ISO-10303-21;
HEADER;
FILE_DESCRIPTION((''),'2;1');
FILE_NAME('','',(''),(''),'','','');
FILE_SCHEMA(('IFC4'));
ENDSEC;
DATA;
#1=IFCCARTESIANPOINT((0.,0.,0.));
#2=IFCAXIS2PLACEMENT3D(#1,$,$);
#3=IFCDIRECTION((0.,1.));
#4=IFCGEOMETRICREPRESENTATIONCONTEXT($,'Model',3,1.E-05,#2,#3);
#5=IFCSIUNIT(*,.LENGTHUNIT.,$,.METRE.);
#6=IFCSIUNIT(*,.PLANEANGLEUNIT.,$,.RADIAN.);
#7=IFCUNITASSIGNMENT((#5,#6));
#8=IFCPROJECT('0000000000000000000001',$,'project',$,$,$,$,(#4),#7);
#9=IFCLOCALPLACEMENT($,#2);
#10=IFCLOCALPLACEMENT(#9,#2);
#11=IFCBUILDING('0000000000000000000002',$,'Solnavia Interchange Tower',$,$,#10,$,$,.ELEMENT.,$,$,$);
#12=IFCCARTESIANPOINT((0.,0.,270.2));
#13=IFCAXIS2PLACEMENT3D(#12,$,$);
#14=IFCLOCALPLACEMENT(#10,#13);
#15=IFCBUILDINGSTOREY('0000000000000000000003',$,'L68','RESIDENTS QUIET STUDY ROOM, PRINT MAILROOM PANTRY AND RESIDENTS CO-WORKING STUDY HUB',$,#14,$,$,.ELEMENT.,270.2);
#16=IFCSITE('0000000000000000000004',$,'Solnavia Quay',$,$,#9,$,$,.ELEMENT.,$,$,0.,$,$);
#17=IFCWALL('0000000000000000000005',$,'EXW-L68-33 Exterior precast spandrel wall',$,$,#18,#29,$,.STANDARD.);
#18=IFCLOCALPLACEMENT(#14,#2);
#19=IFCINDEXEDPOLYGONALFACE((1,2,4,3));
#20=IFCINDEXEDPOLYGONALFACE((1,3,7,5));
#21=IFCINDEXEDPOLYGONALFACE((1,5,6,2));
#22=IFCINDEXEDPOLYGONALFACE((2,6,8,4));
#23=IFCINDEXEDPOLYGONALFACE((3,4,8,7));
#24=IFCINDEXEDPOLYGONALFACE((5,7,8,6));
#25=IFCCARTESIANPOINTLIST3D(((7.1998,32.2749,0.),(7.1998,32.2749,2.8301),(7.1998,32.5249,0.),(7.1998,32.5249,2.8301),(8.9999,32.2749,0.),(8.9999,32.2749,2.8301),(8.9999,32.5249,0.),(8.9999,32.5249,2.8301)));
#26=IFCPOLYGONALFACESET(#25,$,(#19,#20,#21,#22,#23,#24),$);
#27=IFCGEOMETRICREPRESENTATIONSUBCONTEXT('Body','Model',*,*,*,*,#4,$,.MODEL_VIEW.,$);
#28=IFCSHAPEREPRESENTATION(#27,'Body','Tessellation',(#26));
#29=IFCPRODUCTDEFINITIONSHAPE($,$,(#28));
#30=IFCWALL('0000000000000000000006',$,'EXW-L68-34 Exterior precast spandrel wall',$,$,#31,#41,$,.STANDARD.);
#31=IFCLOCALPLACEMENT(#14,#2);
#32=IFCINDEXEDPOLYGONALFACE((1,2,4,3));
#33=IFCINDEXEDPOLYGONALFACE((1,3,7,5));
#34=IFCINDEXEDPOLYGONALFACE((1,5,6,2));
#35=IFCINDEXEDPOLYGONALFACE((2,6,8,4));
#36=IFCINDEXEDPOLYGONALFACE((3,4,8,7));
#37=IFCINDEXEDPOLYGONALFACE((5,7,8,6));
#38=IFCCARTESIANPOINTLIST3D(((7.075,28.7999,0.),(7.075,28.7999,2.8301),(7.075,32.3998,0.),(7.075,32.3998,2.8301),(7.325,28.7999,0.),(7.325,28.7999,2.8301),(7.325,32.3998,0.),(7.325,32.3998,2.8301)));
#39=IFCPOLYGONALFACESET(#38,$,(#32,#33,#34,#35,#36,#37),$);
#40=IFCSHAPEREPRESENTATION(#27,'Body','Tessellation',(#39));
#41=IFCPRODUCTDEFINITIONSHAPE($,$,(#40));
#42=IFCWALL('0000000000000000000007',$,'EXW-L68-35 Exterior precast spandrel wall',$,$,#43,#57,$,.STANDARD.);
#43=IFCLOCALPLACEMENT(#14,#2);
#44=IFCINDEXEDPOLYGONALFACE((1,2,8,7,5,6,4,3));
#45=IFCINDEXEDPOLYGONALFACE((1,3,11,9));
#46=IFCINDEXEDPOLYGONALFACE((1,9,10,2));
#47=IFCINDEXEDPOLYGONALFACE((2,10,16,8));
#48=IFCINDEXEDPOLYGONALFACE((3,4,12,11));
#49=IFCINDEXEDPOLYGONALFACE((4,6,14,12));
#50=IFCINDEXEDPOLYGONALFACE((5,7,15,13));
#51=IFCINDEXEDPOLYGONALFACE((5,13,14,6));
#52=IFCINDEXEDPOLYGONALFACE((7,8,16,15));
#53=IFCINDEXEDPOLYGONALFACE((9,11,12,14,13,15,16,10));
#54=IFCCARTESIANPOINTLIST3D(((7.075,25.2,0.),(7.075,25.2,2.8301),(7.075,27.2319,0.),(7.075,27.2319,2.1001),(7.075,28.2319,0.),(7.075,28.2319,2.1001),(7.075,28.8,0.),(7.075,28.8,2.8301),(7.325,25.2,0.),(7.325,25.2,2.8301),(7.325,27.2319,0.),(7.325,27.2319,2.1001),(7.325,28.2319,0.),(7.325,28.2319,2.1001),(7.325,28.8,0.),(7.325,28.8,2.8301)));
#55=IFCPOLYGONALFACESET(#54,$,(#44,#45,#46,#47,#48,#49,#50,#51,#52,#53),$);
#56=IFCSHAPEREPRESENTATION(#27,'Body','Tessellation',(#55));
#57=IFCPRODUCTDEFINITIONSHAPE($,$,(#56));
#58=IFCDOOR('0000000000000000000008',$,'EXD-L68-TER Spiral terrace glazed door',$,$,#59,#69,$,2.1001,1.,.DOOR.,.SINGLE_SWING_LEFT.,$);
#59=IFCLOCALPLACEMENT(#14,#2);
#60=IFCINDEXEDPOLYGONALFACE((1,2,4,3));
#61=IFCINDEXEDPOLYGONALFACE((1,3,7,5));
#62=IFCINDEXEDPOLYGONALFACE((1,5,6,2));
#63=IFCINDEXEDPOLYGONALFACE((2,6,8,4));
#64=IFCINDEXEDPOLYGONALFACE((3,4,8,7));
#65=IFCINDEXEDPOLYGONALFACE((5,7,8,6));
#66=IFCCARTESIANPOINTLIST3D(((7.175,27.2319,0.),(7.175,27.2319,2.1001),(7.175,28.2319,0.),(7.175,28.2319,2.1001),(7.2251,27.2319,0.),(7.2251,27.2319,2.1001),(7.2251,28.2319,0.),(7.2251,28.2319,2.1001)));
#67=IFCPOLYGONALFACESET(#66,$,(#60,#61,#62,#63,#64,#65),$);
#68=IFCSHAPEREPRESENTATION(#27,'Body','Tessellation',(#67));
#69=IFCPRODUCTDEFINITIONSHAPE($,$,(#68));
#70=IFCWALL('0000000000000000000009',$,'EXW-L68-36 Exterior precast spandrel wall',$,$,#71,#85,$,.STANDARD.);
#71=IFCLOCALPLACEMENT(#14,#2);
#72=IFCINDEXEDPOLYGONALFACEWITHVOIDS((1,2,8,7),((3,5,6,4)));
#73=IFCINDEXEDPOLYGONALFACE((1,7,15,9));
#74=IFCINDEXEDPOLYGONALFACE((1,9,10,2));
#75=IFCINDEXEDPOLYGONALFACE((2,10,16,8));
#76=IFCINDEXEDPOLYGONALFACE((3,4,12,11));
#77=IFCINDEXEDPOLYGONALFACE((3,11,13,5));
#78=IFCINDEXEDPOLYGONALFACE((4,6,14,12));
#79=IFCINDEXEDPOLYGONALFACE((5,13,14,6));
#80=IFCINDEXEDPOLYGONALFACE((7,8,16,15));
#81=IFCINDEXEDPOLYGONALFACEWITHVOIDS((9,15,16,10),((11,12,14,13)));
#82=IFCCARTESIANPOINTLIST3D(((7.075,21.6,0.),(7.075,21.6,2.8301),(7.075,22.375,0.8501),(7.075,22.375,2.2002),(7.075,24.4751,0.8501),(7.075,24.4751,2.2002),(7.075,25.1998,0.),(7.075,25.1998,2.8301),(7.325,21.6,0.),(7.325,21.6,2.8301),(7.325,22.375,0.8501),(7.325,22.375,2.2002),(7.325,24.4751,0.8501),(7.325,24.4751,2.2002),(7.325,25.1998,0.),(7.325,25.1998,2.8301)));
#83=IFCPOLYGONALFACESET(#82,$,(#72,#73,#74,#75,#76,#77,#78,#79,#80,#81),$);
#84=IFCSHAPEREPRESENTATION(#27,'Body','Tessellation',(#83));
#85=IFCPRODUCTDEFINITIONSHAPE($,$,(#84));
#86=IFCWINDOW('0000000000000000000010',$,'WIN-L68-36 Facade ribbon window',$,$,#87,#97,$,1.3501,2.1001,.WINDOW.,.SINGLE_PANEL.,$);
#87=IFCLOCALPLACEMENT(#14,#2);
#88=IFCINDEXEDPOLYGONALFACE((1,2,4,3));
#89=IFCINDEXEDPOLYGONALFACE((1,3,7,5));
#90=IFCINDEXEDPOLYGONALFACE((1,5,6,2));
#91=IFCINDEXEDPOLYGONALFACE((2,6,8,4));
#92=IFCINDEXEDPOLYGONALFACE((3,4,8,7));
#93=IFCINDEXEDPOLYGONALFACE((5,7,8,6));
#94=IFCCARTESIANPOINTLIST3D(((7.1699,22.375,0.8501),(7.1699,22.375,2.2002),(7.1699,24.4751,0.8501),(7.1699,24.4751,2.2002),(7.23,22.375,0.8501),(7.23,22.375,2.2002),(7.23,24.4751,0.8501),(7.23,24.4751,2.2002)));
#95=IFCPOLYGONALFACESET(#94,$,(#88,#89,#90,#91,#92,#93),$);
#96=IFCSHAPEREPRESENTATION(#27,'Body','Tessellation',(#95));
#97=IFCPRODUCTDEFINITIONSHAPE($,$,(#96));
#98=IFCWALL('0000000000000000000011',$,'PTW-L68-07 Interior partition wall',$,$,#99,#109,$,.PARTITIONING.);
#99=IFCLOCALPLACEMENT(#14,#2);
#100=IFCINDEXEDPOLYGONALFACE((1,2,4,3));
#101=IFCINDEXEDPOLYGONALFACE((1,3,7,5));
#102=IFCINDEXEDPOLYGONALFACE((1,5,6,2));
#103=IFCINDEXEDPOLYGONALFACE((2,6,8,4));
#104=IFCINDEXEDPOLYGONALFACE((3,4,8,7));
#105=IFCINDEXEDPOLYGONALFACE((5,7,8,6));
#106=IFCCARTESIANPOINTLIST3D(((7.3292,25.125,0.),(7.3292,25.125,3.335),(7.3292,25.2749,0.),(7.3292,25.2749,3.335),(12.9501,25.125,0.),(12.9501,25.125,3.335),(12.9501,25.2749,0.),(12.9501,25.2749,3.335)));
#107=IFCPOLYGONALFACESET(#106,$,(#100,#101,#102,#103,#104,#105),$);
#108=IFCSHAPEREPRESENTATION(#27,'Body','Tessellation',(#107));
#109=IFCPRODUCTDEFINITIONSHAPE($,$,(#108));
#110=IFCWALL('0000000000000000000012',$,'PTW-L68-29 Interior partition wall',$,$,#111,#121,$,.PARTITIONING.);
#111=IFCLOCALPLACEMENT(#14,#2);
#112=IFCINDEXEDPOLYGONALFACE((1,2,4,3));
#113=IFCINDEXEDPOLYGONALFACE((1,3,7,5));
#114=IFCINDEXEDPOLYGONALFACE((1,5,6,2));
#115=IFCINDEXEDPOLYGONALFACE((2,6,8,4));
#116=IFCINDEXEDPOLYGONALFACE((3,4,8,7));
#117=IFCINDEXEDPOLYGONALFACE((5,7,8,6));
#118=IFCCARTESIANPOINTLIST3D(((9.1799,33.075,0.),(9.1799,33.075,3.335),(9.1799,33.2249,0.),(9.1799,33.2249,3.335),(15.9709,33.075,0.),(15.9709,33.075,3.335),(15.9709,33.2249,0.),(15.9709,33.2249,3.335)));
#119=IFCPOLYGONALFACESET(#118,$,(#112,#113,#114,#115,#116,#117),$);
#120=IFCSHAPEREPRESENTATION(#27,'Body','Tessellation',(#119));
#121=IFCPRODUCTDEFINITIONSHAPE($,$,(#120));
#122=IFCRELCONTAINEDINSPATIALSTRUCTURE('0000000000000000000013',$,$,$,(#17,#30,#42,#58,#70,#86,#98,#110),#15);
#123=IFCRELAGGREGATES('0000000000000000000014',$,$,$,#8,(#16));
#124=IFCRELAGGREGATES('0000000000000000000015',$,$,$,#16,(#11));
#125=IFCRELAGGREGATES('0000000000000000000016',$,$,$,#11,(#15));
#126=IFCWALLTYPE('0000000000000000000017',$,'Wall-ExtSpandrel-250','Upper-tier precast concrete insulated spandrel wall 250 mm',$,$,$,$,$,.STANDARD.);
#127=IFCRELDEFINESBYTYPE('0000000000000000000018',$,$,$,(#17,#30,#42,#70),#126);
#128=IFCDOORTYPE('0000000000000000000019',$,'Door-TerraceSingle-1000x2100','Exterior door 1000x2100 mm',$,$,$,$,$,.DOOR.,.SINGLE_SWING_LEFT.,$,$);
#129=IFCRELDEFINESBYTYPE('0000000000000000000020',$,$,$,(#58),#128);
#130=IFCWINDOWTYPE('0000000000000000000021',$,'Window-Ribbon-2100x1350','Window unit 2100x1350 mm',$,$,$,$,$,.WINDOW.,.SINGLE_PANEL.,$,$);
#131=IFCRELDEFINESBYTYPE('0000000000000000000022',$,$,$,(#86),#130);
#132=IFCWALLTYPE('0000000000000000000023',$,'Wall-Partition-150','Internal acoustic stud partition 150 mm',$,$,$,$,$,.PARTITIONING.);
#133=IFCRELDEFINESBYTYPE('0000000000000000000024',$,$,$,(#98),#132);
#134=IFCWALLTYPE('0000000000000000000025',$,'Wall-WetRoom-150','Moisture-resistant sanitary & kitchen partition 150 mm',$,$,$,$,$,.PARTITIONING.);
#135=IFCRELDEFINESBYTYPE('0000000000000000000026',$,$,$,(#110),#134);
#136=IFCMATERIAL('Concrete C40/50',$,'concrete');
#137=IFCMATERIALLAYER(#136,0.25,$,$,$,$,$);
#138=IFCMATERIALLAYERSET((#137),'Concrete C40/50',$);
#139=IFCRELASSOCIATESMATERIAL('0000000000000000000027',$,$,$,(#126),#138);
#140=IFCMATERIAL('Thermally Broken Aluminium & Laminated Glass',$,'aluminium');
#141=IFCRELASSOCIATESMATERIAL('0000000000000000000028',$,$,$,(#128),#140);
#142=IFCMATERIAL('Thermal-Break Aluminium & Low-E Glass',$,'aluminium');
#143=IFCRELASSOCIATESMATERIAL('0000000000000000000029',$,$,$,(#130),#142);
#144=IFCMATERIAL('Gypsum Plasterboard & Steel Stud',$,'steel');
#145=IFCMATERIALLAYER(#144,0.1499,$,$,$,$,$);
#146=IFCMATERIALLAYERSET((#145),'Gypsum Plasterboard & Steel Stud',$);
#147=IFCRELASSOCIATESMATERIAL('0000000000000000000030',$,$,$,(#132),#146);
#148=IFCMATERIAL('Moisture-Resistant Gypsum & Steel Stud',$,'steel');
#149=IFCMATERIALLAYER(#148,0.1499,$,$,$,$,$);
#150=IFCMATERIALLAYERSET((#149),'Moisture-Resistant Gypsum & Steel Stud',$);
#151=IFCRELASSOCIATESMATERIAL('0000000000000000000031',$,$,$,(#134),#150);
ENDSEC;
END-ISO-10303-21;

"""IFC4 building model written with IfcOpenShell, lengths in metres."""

from ifc_helpers import new_model, si_unit, direction, frame, frame_2d, origin, place, context, subcontext, project, spatial, rectangle, extrude, material, layer, layer_set, type_object, element, fill, save


model = new_model("IFC4")

# Units and contexts
model_context = context("Model", 3, precision=1e-05, world=origin(), true_north=direction((0.0, 1.0)))
body_context = subcontext(model_context, "Body", "Model", "MODEL_VIEW")
ifc_project = project(units=[si_unit("LENGTHUNIT", "METRE"), si_unit("PLANEANGLEUNIT", "RADIAN")], contexts=[model_context])

# Site, building, storey
site_placement = place(None, origin())
site = spatial("IfcSite", under=ifc_project, at=site_placement, Name="Solnavia Quay", CompositionType="ELEMENT", RefElevation=0.0)
building_placement = place(site_placement, origin())
building = spatial("IfcBuilding", under=site, at=building_placement, Name="Solnavia Interchange Tower", CompositionType="ELEMENT")
storey_placement = place(building_placement, frame((0.0, 0.0, 270.2)))
storey = spatial("IfcBuildingStorey", under=building, at=storey_placement, Name="L68", Description="RESIDENTS QUIET STUDY ROOM, PRINT MAILROOM PANTRY AND RESIDENTS CO-WORKING STUDY HUB", CompositionType="ELEMENT", Elevation=270.2)

# Shared definitions
ifc_material_1 = material(Name="Concrete C40/50", Category="concrete")
ifc_layer_1 = layer(ifc_material_1, 0.25)
ifc_layer_set_1 = layer_set([ifc_layer_1], Name="Concrete C40/50")
wall_type_1 = type_object("IfcWallType", Name="Wall-ExtSpandrel-250", Description="Upper-tier precast concrete insulated spandrel wall 250 mm", PredefinedType="STANDARD", material=ifc_layer_set_1)

# Shared definitions
ifc_material_2 = material(Name="Thermal-Break Aluminium & Low-E Glass", Category="aluminium")

# Walls
wall_1_placement = place(storey_placement, frame((7.2, 32.3999, 0.0), z_axis=(0.0, 0.0, 1.0), x_axis=(1.0, 0.0, 0.0)))
element("IfcWall", 1, at=wall_1_placement, inside=storey, type_object=wall_type_1, Name="EXW-L68-33 Exterior precast spandrel wall", PredefinedType="STANDARD", context=body_context, shape_type="SweptSolid", body=[
    extrude(rectangle(XDim=1.8, YDim=0.25, at=frame_2d((0.8999, 0.0))), origin(), (0.0, 0.0, 1.0), 2.8301),
])
wall_2_placement = place(storey_placement, frame((7.2, 28.8, 0.0), z_axis=(0.0, 0.0, 1.0), x_axis=(0.0, 1.0, 0.0)))
element("IfcWall", 2, at=wall_2_placement, inside=storey, type_object=wall_type_1, Name="EXW-L68-34 Exterior precast spandrel wall", PredefinedType="STANDARD", context=body_context, shape_type="SweptSolid", body=[
    extrude(rectangle(XDim=3.5999, YDim=0.25, at=frame_2d((1.7998, 0.0))), origin(), (0.0, 0.0, 1.0), 2.8301),
])

# Wall, opening, door
wall_3_placement = place(storey_placement, frame((7.2, 25.2, 0.0), z_axis=(0.0, 0.0, 1.0), x_axis=(0.0, 1.0, 0.0)))
wall_3 = element("IfcWall", 3, at=wall_3_placement, inside=storey, type_object=wall_type_1, Name="EXW-L68-35 Exterior precast spandrel wall", PredefinedType="STANDARD", context=body_context, shape_type="SweptSolid", body=[
    extrude(rectangle(XDim=3.6001, YDim=0.25, at=frame_2d((1.8, 0.0))), origin(), (0.0, 0.0, 1.0), 2.8301),
])
opening_1_placement = place(wall_3_placement, frame((2.032, 0.0, 0.0)))
opening_1 = element("IfcOpeningElement", 4, at=opening_1_placement, cuts=wall_3, PredefinedType="OPENING", context=body_context, shape_type="SweptSolid", body=[
    extrude(rectangle(XDim=1.0, YDim=2.1001, at=frame_2d((0.5, 1.05))), frame((0.0, 0.135, 0.0), z_axis=(0.0, -1.0, 0.0), x_axis=(1.0, 0.0, 0.0)), (0.0, 0.0, 1.0), 0.27),
])
ifc_material_3 = material(Name="Thermally Broken Aluminium & Laminated Glass", Category="aluminium")
door_type = type_object("IfcDoorType", Name="Door-TerraceSingle-1000x2100", Description="Exterior door 1000x2100 mm", OperationType="SINGLE_SWING_LEFT", PredefinedType="DOOR", material=ifc_material_3)
door_placement = place(opening_1_placement, origin())
door = element("IfcDoor", 5, at=door_placement, inside=storey, type_object=door_type, Name="EXD-L68-TER Spiral terrace glazed door", OperationType="SINGLE_SWING_LEFT", OverallHeight=2.1001, OverallWidth=1.0, PredefinedType="DOOR", context=body_context, shape_type="SweptSolid", body=[
    extrude(rectangle(XDim=1.0, YDim=2.1001, at=frame_2d((0.5, 1.05))), frame((0.0, 0.0249, 0.0), z_axis=(0.0, -1.0, 0.0), x_axis=(1.0, 0.0, 0.0)), (0.0, 0.0, 1.0), 0.05),
])
fill(opening_1, door)

# Wall, opening, window
wall_4_placement = place(storey_placement, frame((7.2, 21.6001, 0.0), z_axis=(0.0, 0.0, 1.0), x_axis=(0.0, 1.0, 0.0)))
wall_4 = element("IfcWall", 6, at=wall_4_placement, inside=storey, type_object=wall_type_1, Name="EXW-L68-36 Exterior precast spandrel wall", PredefinedType="STANDARD", context=body_context, shape_type="SweptSolid", body=[
    extrude(rectangle(XDim=3.5999, YDim=0.25, at=frame_2d((1.7998, 0.0))), origin(), (0.0, 0.0, 1.0), 2.8301),
])
opening_2_placement = place(wall_4_placement, frame((0.7749, 0.0, 0.8501)))
opening_2 = element("IfcOpeningElement", 7, at=opening_2_placement, cuts=wall_4, PredefinedType="OPENING", context=body_context, shape_type="SweptSolid", body=[
    extrude(rectangle(XDim=2.1001, YDim=1.3501, at=frame_2d((1.05, 0.675))), frame((0.0, 0.135, 0.0), z_axis=(0.0, -1.0, 0.0), x_axis=(1.0, 0.0, 0.0)), (0.0, 0.0, 1.0), 0.27),
])
window_type_1 = type_object("IfcWindowType", Name="Window-Ribbon-2100x1350", Description="Window unit 2100x1350 mm", PartitioningType="SINGLE_PANEL", PredefinedType="WINDOW", material=ifc_material_2)
window_1_placement = place(opening_2_placement, origin())
window_1 = element("IfcWindow", 8, at=window_1_placement, inside=storey, type_object=window_type_1, Name="WIN-L68-36 Facade ribbon window", OverallHeight=1.3501, OverallWidth=2.1001, PartitioningType="SINGLE_PANEL", PredefinedType="WINDOW", context=body_context, shape_type="SweptSolid", body=[
    extrude(rectangle(XDim=2.1001, YDim=1.3501, at=frame_2d((1.05, 0.675))), frame((0.0, 0.03, 0.0), z_axis=(0.0, -1.0, 0.0), x_axis=(1.0, 0.0, 0.0)), (0.0, 0.0, 1.0), 0.0601),
])
fill(opening_2, window_1)

# Walls
ifc_material_4 = material(Name="Gypsum Plasterboard & Steel Stud", Category="steel")
ifc_layer_2 = layer(ifc_material_4, 0.1499)
ifc_layer_set_2 = layer_set([ifc_layer_2], Name="Gypsum Plasterboard & Steel Stud")
wall_type_2 = type_object("IfcWallType", Name="Wall-Partition-150", Description="Internal acoustic stud partition 150 mm", PredefinedType="PARTITIONING", material=ifc_layer_set_2)
wall_5_placement = place(storey_placement, frame((7.3291, 25.2, 0.0), z_axis=(0.0, 0.0, 1.0), x_axis=(1.0, 0.0, 0.0)))
element("IfcWall", 9, at=wall_5_placement, inside=storey, type_object=wall_type_2, Name="PTW-L68-07 Interior partition wall", PredefinedType="PARTITIONING", context=body_context, shape_type="SweptSolid", body=[
    extrude(rectangle(XDim=5.6208, YDim=0.1499, at=frame_2d((2.8105, 0.0))), origin(), (0.0, 0.0, 1.0), 3.335),
])
ifc_material_5 = material(Name="Moisture-Resistant Gypsum & Steel Stud", Category="steel")
ifc_layer_3 = layer(ifc_material_5, 0.1499)
ifc_layer_set_3 = layer_set([ifc_layer_3], Name="Moisture-Resistant Gypsum & Steel Stud")
wall_type_3 = type_object("IfcWallType", Name="Wall-WetRoom-150", Description="Moisture-resistant sanitary & kitchen partition 150 mm", PredefinedType="PARTITIONING", material=ifc_layer_set_3)
wall_6_placement = place(storey_placement, frame((9.1799, 33.1499, 0.0), z_axis=(0.0, 0.0, 1.0), x_axis=(1.0, 0.0, 0.0)))
element("IfcWall", 10, at=wall_6_placement, inside=storey, type_object=wall_type_3, Name="PTW-L68-29 Interior partition wall", PredefinedType="PARTITIONING", context=body_context, shape_type="SweptSolid", body=[
    extrude(rectangle(XDim=6.791, YDim=0.1499, at=frame_2d((3.3955, 0.0))), origin(), (0.0, 0.0, 1.0), 3.335),
])

save(model, "model.ifc")
